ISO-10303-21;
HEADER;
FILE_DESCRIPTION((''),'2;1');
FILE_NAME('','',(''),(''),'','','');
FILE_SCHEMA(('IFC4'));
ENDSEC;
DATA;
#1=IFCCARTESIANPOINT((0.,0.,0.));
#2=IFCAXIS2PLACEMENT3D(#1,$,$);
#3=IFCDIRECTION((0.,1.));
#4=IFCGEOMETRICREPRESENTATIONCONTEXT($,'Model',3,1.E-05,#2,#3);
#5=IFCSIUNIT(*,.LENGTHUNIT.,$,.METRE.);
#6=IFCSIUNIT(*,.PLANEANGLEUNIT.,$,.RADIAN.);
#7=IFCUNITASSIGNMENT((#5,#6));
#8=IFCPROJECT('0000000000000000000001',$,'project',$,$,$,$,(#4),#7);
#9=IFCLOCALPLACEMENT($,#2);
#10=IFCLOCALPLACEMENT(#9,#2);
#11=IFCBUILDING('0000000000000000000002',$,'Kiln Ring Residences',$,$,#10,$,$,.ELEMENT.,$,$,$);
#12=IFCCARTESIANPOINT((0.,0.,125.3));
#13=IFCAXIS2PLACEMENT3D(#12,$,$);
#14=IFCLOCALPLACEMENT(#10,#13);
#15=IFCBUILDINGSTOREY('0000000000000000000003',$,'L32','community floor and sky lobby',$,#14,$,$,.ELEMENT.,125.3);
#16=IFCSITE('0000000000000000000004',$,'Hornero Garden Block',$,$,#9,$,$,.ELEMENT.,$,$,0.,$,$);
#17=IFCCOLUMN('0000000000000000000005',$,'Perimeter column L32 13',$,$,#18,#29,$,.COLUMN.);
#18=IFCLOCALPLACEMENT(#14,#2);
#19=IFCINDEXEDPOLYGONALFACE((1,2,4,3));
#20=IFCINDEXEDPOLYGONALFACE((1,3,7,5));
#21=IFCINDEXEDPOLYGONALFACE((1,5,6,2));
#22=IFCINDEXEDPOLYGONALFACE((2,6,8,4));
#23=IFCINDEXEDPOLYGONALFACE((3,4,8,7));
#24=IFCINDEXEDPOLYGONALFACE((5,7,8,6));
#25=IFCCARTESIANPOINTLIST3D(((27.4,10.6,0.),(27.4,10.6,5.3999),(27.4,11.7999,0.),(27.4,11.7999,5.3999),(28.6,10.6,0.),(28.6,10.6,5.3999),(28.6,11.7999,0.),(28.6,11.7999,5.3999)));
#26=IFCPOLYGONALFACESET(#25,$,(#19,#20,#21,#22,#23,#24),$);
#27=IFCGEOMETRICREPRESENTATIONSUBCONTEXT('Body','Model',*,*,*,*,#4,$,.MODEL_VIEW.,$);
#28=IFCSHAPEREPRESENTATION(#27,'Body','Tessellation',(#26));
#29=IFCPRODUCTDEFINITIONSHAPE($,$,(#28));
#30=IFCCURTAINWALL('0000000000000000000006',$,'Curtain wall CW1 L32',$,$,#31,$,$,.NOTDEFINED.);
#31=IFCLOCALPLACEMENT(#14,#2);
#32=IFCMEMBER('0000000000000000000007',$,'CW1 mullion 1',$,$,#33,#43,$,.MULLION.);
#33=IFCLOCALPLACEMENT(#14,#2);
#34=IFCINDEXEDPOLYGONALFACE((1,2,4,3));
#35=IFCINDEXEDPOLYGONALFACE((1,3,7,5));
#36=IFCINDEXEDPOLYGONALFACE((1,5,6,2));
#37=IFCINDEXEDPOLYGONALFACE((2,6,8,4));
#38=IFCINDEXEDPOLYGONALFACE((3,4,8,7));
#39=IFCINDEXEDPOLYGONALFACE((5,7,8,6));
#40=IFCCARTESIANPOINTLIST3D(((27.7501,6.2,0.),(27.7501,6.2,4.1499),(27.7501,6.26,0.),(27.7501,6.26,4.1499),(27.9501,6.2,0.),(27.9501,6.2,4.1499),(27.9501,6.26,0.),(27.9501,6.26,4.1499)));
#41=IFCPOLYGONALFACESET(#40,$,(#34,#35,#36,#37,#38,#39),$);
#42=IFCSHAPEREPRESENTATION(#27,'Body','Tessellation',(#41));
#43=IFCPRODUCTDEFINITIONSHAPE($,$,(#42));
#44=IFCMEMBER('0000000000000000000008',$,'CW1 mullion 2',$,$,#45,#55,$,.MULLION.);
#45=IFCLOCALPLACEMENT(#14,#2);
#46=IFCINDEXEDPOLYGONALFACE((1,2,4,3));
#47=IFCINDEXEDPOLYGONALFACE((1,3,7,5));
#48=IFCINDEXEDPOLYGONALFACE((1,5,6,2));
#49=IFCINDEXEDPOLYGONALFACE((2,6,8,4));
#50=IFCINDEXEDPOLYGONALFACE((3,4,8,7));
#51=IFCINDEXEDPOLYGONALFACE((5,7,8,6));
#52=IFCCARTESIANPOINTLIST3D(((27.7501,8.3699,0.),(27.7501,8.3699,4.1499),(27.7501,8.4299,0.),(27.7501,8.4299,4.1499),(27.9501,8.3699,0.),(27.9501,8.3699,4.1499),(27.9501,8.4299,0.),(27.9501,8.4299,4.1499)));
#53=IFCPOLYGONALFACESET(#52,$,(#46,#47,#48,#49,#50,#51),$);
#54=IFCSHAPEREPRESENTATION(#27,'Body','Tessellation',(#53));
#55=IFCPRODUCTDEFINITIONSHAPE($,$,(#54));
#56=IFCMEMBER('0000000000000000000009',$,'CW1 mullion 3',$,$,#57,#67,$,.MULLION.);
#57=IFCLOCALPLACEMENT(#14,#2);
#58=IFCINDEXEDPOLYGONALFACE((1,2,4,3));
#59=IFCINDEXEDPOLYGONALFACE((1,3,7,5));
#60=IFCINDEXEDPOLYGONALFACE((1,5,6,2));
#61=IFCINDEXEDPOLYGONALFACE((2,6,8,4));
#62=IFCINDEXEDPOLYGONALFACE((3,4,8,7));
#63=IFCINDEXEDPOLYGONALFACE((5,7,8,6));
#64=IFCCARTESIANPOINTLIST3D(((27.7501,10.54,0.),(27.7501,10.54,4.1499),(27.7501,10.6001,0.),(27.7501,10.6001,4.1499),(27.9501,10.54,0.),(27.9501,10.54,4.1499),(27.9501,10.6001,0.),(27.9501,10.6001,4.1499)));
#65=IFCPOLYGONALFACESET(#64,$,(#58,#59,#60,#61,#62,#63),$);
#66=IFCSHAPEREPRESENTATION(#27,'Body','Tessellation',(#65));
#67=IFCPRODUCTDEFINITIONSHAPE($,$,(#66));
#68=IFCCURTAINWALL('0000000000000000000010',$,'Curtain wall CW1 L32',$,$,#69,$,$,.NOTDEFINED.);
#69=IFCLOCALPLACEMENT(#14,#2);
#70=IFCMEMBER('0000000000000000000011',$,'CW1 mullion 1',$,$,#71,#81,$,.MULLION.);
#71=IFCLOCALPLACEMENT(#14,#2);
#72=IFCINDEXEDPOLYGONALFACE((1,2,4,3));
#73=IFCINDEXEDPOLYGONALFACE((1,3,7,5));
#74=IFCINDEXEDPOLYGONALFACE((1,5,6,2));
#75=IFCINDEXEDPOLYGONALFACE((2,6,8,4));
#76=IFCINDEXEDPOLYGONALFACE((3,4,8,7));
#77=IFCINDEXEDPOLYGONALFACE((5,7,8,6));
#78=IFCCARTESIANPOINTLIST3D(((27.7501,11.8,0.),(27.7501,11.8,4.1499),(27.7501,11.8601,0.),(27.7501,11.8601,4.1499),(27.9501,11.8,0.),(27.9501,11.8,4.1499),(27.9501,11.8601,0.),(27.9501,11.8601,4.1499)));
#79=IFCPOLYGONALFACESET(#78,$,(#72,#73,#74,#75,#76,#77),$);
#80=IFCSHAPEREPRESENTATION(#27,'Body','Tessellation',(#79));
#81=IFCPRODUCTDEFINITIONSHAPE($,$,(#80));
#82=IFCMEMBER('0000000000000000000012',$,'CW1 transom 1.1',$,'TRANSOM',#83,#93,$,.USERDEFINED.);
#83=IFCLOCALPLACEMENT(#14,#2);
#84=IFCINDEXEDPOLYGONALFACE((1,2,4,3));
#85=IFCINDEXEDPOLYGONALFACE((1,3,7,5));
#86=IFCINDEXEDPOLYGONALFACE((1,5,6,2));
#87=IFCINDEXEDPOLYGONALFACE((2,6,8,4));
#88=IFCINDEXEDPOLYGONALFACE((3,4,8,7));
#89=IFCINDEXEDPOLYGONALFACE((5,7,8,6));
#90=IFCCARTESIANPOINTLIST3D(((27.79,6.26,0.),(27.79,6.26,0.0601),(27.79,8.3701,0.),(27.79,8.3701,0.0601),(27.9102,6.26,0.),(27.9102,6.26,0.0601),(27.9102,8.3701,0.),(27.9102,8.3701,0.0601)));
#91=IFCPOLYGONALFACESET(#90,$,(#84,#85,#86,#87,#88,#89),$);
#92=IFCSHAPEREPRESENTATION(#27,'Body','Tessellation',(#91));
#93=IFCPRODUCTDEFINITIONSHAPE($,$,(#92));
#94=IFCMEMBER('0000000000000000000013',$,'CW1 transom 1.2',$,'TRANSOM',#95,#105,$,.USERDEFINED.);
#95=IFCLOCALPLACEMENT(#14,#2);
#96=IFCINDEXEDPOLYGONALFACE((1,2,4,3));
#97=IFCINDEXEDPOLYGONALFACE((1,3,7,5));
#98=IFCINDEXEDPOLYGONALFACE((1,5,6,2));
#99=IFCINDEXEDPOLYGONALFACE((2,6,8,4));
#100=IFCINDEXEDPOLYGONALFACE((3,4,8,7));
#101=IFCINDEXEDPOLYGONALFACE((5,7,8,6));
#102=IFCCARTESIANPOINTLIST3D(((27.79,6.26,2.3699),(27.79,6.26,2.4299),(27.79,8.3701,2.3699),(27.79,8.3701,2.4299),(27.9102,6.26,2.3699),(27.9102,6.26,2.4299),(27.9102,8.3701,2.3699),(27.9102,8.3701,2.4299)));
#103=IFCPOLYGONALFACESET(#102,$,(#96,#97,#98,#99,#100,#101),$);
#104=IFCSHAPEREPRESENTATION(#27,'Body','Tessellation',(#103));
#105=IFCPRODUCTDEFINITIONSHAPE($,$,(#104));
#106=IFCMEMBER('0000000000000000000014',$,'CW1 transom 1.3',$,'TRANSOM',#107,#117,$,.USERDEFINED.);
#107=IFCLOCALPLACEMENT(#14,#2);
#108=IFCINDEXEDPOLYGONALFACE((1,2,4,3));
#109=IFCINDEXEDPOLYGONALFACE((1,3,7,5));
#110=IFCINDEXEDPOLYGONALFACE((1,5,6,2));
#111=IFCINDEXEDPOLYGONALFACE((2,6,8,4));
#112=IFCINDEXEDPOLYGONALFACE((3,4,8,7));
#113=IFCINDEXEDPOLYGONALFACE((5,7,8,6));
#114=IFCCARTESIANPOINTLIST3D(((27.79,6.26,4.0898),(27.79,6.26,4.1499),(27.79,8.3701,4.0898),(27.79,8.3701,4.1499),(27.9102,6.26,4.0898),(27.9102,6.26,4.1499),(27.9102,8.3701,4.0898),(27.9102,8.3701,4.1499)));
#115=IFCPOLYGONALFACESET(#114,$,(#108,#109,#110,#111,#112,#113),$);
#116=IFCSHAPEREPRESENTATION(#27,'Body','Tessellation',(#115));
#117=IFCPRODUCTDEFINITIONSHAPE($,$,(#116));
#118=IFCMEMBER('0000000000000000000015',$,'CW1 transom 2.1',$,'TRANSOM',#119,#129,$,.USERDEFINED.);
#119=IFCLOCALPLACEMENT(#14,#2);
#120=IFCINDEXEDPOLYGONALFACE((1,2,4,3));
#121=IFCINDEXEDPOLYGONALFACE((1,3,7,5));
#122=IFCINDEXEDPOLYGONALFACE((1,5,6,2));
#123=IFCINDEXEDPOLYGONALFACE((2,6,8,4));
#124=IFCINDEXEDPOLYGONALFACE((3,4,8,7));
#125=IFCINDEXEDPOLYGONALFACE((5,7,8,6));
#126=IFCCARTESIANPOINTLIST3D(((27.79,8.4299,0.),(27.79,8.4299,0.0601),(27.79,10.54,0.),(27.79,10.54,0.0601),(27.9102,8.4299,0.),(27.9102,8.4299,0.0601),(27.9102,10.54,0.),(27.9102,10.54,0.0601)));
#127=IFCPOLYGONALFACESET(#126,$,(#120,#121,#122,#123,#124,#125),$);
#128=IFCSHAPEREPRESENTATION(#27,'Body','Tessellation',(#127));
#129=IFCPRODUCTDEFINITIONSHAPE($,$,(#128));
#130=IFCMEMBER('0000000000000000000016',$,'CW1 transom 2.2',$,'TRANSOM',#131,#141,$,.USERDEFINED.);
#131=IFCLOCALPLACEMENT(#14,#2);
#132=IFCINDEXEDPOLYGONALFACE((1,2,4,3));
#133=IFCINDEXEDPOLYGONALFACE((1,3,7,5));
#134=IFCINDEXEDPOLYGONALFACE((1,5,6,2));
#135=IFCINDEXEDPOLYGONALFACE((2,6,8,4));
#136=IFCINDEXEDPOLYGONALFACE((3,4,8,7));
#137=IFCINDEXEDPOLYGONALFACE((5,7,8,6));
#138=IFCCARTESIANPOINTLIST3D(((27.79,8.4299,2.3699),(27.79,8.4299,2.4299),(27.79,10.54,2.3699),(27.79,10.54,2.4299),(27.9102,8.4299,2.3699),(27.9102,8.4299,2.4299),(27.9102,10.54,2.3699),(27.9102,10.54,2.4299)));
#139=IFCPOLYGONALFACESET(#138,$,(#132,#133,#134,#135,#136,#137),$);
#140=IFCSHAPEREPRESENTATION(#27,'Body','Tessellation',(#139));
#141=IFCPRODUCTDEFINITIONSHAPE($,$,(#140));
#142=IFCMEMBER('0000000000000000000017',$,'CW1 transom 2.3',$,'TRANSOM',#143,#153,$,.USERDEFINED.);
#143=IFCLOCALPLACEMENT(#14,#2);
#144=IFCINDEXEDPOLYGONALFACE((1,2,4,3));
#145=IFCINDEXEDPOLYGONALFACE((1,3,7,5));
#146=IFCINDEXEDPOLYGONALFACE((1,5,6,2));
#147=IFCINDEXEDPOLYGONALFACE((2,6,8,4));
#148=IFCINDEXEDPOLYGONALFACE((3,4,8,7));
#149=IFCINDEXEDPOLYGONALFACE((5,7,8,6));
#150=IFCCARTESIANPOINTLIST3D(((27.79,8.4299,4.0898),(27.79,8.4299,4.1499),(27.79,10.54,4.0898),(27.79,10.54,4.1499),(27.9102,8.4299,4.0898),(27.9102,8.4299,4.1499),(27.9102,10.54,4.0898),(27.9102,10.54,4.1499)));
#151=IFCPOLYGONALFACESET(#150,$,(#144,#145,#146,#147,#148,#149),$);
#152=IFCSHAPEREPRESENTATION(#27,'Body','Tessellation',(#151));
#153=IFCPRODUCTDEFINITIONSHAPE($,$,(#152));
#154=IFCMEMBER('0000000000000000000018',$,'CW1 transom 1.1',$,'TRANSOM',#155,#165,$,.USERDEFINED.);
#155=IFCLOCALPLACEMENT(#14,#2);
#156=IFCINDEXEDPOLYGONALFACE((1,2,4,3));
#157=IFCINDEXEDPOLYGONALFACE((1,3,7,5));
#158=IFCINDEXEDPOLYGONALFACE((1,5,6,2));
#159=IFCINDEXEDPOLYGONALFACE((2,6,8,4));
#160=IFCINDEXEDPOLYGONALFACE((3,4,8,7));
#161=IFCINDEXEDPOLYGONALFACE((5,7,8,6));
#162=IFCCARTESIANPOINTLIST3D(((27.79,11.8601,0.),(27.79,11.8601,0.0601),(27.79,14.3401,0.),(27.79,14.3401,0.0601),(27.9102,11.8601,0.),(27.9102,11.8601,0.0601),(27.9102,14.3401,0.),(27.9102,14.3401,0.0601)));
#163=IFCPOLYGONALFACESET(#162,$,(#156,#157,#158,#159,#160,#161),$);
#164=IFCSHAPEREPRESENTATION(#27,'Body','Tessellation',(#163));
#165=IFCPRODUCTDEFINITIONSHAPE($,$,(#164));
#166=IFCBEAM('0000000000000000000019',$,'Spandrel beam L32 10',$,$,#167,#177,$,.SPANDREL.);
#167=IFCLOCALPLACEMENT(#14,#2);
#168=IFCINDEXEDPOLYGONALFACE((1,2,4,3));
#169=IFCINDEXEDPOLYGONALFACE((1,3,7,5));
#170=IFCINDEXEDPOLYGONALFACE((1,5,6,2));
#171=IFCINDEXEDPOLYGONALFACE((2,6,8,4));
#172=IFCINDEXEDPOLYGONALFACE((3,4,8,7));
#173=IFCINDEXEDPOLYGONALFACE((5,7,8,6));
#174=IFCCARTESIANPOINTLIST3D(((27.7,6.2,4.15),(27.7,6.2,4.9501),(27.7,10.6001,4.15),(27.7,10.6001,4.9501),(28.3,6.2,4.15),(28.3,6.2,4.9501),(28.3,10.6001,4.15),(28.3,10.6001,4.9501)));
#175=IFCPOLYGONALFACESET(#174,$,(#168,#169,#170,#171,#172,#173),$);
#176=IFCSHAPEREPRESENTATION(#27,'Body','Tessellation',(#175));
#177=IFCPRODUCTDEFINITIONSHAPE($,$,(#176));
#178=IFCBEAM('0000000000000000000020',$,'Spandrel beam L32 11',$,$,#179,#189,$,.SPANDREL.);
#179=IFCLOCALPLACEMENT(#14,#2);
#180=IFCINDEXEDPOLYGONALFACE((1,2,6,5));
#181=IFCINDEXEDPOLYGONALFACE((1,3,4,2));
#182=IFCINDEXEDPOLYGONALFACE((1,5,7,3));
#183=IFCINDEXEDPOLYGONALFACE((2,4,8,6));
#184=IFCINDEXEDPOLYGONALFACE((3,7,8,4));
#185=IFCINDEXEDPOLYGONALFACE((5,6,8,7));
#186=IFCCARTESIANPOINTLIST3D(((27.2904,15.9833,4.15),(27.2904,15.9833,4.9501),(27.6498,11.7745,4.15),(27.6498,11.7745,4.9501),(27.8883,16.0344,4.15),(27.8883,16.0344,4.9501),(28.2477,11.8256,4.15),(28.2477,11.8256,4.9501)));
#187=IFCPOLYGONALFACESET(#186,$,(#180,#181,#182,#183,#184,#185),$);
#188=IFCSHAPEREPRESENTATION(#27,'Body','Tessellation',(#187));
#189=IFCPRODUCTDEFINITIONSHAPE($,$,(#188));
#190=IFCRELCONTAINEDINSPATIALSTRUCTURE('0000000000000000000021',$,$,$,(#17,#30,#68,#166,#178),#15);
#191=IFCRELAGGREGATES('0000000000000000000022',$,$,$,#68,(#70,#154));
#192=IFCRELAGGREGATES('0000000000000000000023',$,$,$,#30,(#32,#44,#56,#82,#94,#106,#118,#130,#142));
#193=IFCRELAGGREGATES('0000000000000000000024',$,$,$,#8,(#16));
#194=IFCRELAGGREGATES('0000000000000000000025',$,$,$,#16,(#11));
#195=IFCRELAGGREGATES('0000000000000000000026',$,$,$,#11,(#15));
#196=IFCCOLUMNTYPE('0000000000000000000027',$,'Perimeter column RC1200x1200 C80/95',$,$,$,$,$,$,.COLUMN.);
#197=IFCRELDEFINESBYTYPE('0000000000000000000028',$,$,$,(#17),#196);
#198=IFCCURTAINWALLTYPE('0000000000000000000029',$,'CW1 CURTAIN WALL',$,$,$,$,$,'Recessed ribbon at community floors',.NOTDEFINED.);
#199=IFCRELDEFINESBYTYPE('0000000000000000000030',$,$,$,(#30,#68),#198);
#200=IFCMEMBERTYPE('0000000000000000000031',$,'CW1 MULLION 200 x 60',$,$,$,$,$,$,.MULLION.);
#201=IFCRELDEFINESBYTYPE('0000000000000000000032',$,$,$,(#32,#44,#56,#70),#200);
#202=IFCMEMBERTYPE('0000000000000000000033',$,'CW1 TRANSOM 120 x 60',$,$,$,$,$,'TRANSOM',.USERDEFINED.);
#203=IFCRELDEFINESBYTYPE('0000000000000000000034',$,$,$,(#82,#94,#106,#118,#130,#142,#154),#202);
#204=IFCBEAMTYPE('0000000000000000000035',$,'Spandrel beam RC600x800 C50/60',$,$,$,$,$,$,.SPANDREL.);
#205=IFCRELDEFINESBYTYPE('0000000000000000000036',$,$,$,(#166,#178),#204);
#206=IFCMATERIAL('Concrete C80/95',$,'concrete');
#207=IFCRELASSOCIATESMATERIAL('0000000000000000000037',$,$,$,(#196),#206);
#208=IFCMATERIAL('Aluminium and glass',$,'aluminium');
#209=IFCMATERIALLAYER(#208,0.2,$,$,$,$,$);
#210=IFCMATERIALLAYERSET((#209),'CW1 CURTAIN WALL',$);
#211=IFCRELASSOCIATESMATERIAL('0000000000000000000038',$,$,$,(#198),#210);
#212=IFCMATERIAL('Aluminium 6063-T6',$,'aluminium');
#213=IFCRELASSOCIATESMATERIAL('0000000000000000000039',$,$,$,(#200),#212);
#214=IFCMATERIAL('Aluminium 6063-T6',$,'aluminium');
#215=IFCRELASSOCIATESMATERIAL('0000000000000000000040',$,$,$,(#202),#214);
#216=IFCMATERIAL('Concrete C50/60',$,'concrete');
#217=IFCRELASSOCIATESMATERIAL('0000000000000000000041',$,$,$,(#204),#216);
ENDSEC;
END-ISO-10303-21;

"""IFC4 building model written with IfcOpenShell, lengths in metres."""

from ifc_helpers import new_model, si_unit, direction, frame, origin, origin_2d, place, context, subcontext, project, spatial, rectangle, extrude, material, layer, layer_set, material_profile, profile_set, type_object, element, aggregate, save


model = new_model("IFC4")

# Units and contexts
model_context = context("Model", 3, precision=1e-05, world=origin(), true_north=direction((0.0, 1.0)))
body_context = subcontext(model_context, "Body", "Model", "MODEL_VIEW")
ifc_project = project(units=[si_unit("LENGTHUNIT", "METRE"), si_unit("PLANEANGLEUNIT", "RADIAN")], contexts=[model_context])

# Site, building, storey
site_placement = place(None, origin())
site = spatial("IfcSite", under=ifc_project, at=site_placement, Name="Hornero Garden Block", CompositionType="ELEMENT", RefElevation=0.0)
building_placement = place(site_placement, origin())
building = spatial("IfcBuilding", under=site, at=building_placement, Name="Kiln Ring Residences", CompositionType="ELEMENT")
storey_placement = place(building_placement, frame((0.0, 0.0, 125.3)))
storey = spatial("IfcBuildingStorey", under=building, at=storey_placement, Name="L32", Description="community floor and sky lobby", CompositionType="ELEMENT", Elevation=125.3)

# Column
ifc_material_1 = material(Name="Concrete C80/95", Category="concrete")
ifc_material_profile_1 = material_profile(ifc_material_1, rectangle(XDim=1.2, YDim=1.2, at=origin_2d()), Name="RC1200x1200")
ifc_profile_set_1 = profile_set([ifc_material_profile_1], Name="Concrete C80/95")
column_type = type_object("IfcColumnType", Name="Perimeter column RC1200x1200 C80/95", PredefinedType="COLUMN", material=ifc_profile_set_1)
column_placement = place(storey_placement, frame((28.0, 11.2, 0.0), z_axis=(0.0, 0.0, 1.0), x_axis=(1.0, 0.0, 0.0)))
element("IfcColumn", 1, at=column_placement, inside=storey, type_object=column_type, Name="Perimeter column L32 13", PredefinedType="COLUMN", context=body_context, shape_type="SweptSolid", body=[
    extrude(rectangle(XDim=1.2, YDim=1.2, at=origin_2d()), origin(), (0.0, 0.0, 1.0), 5.3999),
])

# Curtain wall, members
ifc_material_2 = material(Name="Aluminium and glass", Category="aluminium")
ifc_layer_1 = layer(ifc_material_2, 0.2)
ifc_layer_set_1 = layer_set([ifc_layer_1], Name="CW1 CURTAIN WALL")
curtain_wall_type = type_object("IfcCurtainWallType", Name="CW1 CURTAIN WALL", ElementType="Recessed ribbon at community floors", PredefinedType="NOTDEFINED", material=ifc_layer_set_1)
placement = place(storey_placement, origin())
curtain_wall_1 = element("IfcCurtainWall", 2, at=placement, inside=storey, type_object=curtain_wall_type, Name="Curtain wall CW1 L32", PredefinedType="NOTDEFINED")
ifc_material_3 = material(Name="Aluminium 6063-T6", Category="aluminium")
ifc_material_profile_2 = material_profile(ifc_material_3, rectangle(XDim=0.2, YDim=0.0601, at=origin_2d()), Name="AL 200x60")
ifc_profile_set_2 = profile_set([ifc_material_profile_2], Name="Aluminium 6063-T6")
member_type_1 = type_object("IfcMemberType", Name="CW1 MULLION 200 x 60", PredefinedType="MULLION", material=ifc_profile_set_2)
member_1_placement = place(storey_placement, frame((27.8501, 6.23, 0.0), z_axis=(0.0, 0.0, 1.0), x_axis=(-1.0, 0.0, 0.0)))
member_1 = element("IfcMember", 3, at=member_1_placement, type_object=member_type_1, Name="CW1 mullion 1", PredefinedType="MULLION", context=body_context, shape_type="SweptSolid", body=[
    extrude(rectangle(XDim=0.2, YDim=0.0601, at=origin_2d()), origin(), (0.0, 0.0, 1.0), 4.1499),
])
member_2_placement = place(storey_placement, frame((27.8501, 8.3999, 0.0), z_axis=(0.0, 0.0, 1.0), x_axis=(-1.0, 0.0, 0.0)))
member_2 = element("IfcMember", 4, at=member_2_placement, type_object=member_type_1, Name="CW1 mullion 2", PredefinedType="MULLION", context=body_context, shape_type="SweptSolid", body=[
    extrude(rectangle(XDim=0.2, YDim=0.0601, at=origin_2d()), origin(), (0.0, 0.0, 1.0), 4.1499),
])
member_3_placement = place(storey_placement, frame((27.8501, 10.5701, 0.0), z_axis=(0.0, 0.0, 1.0), x_axis=(-1.0, 0.0, 0.0)))
member_3 = element("IfcMember", 5, at=member_3_placement, type_object=member_type_1, Name="CW1 mullion 3", PredefinedType="MULLION", context=body_context, shape_type="SweptSolid", body=[
    extrude(rectangle(XDim=0.2, YDim=0.0601, at=origin_2d()), origin(), (0.0, 0.0, 1.0), 4.1499),
])

# Curtain wall, member
curtain_wall_2 = element("IfcCurtainWall", 6, at=placement, inside=storey, type_object=curtain_wall_type, Name="Curtain wall CW1 L32", PredefinedType="NOTDEFINED")
member_4_placement = place(storey_placement, frame((27.8501, 11.8301, 0.0), z_axis=(0.0, 0.0, 1.0), x_axis=(-1.0, 0.0, 0.0)))
member_4 = element("IfcMember", 7, at=member_4_placement, type_object=member_type_1, Name="CW1 mullion 1", PredefinedType="MULLION", context=body_context, shape_type="SweptSolid", body=[
    extrude(rectangle(XDim=0.2, YDim=0.0601, at=origin_2d()), origin(), (0.0, 0.0, 1.0), 4.1499),
])

# Members
ifc_material_4 = material(Name="Aluminium 6063-T6", Category="aluminium")
ifc_material_profile_3 = material_profile(ifc_material_4, rectangle(XDim=0.1201, YDim=0.0601, at=origin_2d()), Name="AL 120x60")
ifc_profile_set_3 = profile_set([ifc_material_profile_3], Name="Aluminium 6063-T6")
member_type_2 = type_object("IfcMemberType", Name="CW1 TRANSOM 120 x 60", ElementType="TRANSOM", PredefinedType="USERDEFINED", material=ifc_profile_set_3)
member_5_placement = place(storey_placement, frame((27.8501, 6.26, 0.03), z_axis=(0.0, 1.0, 0.0), x_axis=(-1.0, 0.0, 0.0)))
member_5 = element("IfcMember", 8, at=member_5_placement, type_object=member_type_2, Name="CW1 transom 1.1", ObjectType="TRANSOM", PredefinedType="USERDEFINED", context=body_context, shape_type="SweptSolid", body=[
    extrude(rectangle(XDim=0.1201, YDim=0.0601, at=origin_2d()), origin(), (0.0, 0.0, 1.0), 2.1101),
])
member_6_placement = place(storey_placement, frame((27.8501, 6.26, 2.3999), z_axis=(0.0, 1.0, 0.0), x_axis=(-1.0, 0.0, 0.0)))
member_6 = element("IfcMember", 9, at=member_6_placement, type_object=member_type_2, Name="CW1 transom 1.2", ObjectType="TRANSOM", PredefinedType="USERDEFINED", context=body_context, shape_type="SweptSolid", body=[
    extrude(rectangle(XDim=0.1201, YDim=0.0601, at=origin_2d()), origin(), (0.0, 0.0, 1.0), 2.1101),
])
member_7_placement = place(storey_placement, frame((27.8501, 6.26, 4.1199), z_axis=(0.0, 1.0, 0.0), x_axis=(-1.0, 0.0, 0.0)))
member_7 = element("IfcMember", 10, at=member_7_placement, type_object=member_type_2, Name="CW1 transom 1.3", ObjectType="TRANSOM", PredefinedType="USERDEFINED", context=body_context, shape_type="SweptSolid", body=[
    extrude(rectangle(XDim=0.1201, YDim=0.0601, at=origin_2d()), origin(), (0.0, 0.0, 1.0), 2.1101),
])
member_8_placement = place(storey_placement, frame((27.8501, 8.4299, 0.03), z_axis=(0.0, 1.0, 0.0), x_axis=(-1.0, 0.0, 0.0)))
member_8 = element("IfcMember", 11, at=member_8_placement, type_object=member_type_2, Name="CW1 transom 2.1", ObjectType="TRANSOM", PredefinedType="USERDEFINED", context=body_context, shape_type="SweptSolid", body=[
    extrude(rectangle(XDim=0.1201, YDim=0.0601, at=origin_2d()), origin(), (0.0, 0.0, 1.0), 2.1101),
])
member_9_placement = place(storey_placement, frame((27.8501, 8.4299, 2.3999), z_axis=(0.0, 1.0, 0.0), x_axis=(-1.0, 0.0, 0.0)))
member_9 = element("IfcMember", 12, at=member_9_placement, type_object=member_type_2, Name="CW1 transom 2.2", ObjectType="TRANSOM", PredefinedType="USERDEFINED", context=body_context, shape_type="SweptSolid", body=[
    extrude(rectangle(XDim=0.1201, YDim=0.0601, at=origin_2d()), origin(), (0.0, 0.0, 1.0), 2.1101),
])
member_10_placement = place(storey_placement, frame((27.8501, 8.4299, 4.1199), z_axis=(0.0, 1.0, 0.0), x_axis=(-1.0, 0.0, 0.0)))
member_10 = element("IfcMember", 13, at=member_10_placement, type_object=member_type_2, Name="CW1 transom 2.3", ObjectType="TRANSOM", PredefinedType="USERDEFINED", context=body_context, shape_type="SweptSolid", body=[
    extrude(rectangle(XDim=0.1201, YDim=0.0601, at=origin_2d()), origin(), (0.0, 0.0, 1.0), 2.1101),
])
member_11_placement = place(storey_placement, frame((27.8501, 11.8601, 0.03), z_axis=(0.0, 1.0, 0.0), x_axis=(-1.0, 0.0, 0.0)))
member_11 = element("IfcMember", 14, at=member_11_placement, type_object=member_type_2, Name="CW1 transom 1.1", ObjectType="TRANSOM", PredefinedType="USERDEFINED", context=body_context, shape_type="SweptSolid", body=[
    extrude(rectangle(XDim=0.1201, YDim=0.0601, at=origin_2d()), origin(), (0.0, 0.0, 1.0), 2.48),
])
aggregate(curtain_wall_2, [member_4, member_11])

# Beams
ifc_material_5 = material(Name="Concrete C50/60", Category="concrete")
ifc_material_profile_4 = material_profile(ifc_material_5, rectangle(XDim=0.6001, YDim=0.8, at=origin_2d()), Name="RC600x800")
ifc_profile_set_4 = profile_set([ifc_material_profile_4], Name="Concrete C50/60")
beam_type = type_object("IfcBeamType", Name="Spandrel beam RC600x800 C50/60", PredefinedType="SPANDREL", material=ifc_profile_set_4)
beam_1_placement = place(storey_placement, frame((28.0, 6.2, 4.55), z_axis=(0.0, 1.0, 0.0), x_axis=(-1.0, 0.0, 0.0)))
element("IfcBeam", 15, at=beam_1_placement, inside=storey, type_object=beam_type, Name="Spandrel beam L32 10", PredefinedType="SPANDREL", context=body_context, shape_type="SweptSolid", body=[
    extrude(rectangle(XDim=0.6001, YDim=0.8, at=origin_2d()), origin(), (0.0, 0.0, 1.0), 4.4001),
])
beam_2_placement = place(storey_placement, frame((27.9487, 11.8, 4.55), z_axis=(-0.085078, 0.996374, 0.0), x_axis=(-0.996374, -0.085078, 0.0)))
element("IfcBeam", 16, at=beam_2_placement, inside=storey, type_object=beam_type, Name="Spandrel beam L32 11", PredefinedType="SPANDREL", context=body_context, shape_type="SweptSolid", body=[
    extrude(rectangle(XDim=0.6001, YDim=0.8, at=origin_2d()), origin(), (0.0, 0.0, 1.0), 4.2241),
])

aggregate(curtain_wall_1, [member_1, member_2, member_3, member_5, member_6, member_7, member_8, member_9, member_10])

save(model, "model.ifc")
